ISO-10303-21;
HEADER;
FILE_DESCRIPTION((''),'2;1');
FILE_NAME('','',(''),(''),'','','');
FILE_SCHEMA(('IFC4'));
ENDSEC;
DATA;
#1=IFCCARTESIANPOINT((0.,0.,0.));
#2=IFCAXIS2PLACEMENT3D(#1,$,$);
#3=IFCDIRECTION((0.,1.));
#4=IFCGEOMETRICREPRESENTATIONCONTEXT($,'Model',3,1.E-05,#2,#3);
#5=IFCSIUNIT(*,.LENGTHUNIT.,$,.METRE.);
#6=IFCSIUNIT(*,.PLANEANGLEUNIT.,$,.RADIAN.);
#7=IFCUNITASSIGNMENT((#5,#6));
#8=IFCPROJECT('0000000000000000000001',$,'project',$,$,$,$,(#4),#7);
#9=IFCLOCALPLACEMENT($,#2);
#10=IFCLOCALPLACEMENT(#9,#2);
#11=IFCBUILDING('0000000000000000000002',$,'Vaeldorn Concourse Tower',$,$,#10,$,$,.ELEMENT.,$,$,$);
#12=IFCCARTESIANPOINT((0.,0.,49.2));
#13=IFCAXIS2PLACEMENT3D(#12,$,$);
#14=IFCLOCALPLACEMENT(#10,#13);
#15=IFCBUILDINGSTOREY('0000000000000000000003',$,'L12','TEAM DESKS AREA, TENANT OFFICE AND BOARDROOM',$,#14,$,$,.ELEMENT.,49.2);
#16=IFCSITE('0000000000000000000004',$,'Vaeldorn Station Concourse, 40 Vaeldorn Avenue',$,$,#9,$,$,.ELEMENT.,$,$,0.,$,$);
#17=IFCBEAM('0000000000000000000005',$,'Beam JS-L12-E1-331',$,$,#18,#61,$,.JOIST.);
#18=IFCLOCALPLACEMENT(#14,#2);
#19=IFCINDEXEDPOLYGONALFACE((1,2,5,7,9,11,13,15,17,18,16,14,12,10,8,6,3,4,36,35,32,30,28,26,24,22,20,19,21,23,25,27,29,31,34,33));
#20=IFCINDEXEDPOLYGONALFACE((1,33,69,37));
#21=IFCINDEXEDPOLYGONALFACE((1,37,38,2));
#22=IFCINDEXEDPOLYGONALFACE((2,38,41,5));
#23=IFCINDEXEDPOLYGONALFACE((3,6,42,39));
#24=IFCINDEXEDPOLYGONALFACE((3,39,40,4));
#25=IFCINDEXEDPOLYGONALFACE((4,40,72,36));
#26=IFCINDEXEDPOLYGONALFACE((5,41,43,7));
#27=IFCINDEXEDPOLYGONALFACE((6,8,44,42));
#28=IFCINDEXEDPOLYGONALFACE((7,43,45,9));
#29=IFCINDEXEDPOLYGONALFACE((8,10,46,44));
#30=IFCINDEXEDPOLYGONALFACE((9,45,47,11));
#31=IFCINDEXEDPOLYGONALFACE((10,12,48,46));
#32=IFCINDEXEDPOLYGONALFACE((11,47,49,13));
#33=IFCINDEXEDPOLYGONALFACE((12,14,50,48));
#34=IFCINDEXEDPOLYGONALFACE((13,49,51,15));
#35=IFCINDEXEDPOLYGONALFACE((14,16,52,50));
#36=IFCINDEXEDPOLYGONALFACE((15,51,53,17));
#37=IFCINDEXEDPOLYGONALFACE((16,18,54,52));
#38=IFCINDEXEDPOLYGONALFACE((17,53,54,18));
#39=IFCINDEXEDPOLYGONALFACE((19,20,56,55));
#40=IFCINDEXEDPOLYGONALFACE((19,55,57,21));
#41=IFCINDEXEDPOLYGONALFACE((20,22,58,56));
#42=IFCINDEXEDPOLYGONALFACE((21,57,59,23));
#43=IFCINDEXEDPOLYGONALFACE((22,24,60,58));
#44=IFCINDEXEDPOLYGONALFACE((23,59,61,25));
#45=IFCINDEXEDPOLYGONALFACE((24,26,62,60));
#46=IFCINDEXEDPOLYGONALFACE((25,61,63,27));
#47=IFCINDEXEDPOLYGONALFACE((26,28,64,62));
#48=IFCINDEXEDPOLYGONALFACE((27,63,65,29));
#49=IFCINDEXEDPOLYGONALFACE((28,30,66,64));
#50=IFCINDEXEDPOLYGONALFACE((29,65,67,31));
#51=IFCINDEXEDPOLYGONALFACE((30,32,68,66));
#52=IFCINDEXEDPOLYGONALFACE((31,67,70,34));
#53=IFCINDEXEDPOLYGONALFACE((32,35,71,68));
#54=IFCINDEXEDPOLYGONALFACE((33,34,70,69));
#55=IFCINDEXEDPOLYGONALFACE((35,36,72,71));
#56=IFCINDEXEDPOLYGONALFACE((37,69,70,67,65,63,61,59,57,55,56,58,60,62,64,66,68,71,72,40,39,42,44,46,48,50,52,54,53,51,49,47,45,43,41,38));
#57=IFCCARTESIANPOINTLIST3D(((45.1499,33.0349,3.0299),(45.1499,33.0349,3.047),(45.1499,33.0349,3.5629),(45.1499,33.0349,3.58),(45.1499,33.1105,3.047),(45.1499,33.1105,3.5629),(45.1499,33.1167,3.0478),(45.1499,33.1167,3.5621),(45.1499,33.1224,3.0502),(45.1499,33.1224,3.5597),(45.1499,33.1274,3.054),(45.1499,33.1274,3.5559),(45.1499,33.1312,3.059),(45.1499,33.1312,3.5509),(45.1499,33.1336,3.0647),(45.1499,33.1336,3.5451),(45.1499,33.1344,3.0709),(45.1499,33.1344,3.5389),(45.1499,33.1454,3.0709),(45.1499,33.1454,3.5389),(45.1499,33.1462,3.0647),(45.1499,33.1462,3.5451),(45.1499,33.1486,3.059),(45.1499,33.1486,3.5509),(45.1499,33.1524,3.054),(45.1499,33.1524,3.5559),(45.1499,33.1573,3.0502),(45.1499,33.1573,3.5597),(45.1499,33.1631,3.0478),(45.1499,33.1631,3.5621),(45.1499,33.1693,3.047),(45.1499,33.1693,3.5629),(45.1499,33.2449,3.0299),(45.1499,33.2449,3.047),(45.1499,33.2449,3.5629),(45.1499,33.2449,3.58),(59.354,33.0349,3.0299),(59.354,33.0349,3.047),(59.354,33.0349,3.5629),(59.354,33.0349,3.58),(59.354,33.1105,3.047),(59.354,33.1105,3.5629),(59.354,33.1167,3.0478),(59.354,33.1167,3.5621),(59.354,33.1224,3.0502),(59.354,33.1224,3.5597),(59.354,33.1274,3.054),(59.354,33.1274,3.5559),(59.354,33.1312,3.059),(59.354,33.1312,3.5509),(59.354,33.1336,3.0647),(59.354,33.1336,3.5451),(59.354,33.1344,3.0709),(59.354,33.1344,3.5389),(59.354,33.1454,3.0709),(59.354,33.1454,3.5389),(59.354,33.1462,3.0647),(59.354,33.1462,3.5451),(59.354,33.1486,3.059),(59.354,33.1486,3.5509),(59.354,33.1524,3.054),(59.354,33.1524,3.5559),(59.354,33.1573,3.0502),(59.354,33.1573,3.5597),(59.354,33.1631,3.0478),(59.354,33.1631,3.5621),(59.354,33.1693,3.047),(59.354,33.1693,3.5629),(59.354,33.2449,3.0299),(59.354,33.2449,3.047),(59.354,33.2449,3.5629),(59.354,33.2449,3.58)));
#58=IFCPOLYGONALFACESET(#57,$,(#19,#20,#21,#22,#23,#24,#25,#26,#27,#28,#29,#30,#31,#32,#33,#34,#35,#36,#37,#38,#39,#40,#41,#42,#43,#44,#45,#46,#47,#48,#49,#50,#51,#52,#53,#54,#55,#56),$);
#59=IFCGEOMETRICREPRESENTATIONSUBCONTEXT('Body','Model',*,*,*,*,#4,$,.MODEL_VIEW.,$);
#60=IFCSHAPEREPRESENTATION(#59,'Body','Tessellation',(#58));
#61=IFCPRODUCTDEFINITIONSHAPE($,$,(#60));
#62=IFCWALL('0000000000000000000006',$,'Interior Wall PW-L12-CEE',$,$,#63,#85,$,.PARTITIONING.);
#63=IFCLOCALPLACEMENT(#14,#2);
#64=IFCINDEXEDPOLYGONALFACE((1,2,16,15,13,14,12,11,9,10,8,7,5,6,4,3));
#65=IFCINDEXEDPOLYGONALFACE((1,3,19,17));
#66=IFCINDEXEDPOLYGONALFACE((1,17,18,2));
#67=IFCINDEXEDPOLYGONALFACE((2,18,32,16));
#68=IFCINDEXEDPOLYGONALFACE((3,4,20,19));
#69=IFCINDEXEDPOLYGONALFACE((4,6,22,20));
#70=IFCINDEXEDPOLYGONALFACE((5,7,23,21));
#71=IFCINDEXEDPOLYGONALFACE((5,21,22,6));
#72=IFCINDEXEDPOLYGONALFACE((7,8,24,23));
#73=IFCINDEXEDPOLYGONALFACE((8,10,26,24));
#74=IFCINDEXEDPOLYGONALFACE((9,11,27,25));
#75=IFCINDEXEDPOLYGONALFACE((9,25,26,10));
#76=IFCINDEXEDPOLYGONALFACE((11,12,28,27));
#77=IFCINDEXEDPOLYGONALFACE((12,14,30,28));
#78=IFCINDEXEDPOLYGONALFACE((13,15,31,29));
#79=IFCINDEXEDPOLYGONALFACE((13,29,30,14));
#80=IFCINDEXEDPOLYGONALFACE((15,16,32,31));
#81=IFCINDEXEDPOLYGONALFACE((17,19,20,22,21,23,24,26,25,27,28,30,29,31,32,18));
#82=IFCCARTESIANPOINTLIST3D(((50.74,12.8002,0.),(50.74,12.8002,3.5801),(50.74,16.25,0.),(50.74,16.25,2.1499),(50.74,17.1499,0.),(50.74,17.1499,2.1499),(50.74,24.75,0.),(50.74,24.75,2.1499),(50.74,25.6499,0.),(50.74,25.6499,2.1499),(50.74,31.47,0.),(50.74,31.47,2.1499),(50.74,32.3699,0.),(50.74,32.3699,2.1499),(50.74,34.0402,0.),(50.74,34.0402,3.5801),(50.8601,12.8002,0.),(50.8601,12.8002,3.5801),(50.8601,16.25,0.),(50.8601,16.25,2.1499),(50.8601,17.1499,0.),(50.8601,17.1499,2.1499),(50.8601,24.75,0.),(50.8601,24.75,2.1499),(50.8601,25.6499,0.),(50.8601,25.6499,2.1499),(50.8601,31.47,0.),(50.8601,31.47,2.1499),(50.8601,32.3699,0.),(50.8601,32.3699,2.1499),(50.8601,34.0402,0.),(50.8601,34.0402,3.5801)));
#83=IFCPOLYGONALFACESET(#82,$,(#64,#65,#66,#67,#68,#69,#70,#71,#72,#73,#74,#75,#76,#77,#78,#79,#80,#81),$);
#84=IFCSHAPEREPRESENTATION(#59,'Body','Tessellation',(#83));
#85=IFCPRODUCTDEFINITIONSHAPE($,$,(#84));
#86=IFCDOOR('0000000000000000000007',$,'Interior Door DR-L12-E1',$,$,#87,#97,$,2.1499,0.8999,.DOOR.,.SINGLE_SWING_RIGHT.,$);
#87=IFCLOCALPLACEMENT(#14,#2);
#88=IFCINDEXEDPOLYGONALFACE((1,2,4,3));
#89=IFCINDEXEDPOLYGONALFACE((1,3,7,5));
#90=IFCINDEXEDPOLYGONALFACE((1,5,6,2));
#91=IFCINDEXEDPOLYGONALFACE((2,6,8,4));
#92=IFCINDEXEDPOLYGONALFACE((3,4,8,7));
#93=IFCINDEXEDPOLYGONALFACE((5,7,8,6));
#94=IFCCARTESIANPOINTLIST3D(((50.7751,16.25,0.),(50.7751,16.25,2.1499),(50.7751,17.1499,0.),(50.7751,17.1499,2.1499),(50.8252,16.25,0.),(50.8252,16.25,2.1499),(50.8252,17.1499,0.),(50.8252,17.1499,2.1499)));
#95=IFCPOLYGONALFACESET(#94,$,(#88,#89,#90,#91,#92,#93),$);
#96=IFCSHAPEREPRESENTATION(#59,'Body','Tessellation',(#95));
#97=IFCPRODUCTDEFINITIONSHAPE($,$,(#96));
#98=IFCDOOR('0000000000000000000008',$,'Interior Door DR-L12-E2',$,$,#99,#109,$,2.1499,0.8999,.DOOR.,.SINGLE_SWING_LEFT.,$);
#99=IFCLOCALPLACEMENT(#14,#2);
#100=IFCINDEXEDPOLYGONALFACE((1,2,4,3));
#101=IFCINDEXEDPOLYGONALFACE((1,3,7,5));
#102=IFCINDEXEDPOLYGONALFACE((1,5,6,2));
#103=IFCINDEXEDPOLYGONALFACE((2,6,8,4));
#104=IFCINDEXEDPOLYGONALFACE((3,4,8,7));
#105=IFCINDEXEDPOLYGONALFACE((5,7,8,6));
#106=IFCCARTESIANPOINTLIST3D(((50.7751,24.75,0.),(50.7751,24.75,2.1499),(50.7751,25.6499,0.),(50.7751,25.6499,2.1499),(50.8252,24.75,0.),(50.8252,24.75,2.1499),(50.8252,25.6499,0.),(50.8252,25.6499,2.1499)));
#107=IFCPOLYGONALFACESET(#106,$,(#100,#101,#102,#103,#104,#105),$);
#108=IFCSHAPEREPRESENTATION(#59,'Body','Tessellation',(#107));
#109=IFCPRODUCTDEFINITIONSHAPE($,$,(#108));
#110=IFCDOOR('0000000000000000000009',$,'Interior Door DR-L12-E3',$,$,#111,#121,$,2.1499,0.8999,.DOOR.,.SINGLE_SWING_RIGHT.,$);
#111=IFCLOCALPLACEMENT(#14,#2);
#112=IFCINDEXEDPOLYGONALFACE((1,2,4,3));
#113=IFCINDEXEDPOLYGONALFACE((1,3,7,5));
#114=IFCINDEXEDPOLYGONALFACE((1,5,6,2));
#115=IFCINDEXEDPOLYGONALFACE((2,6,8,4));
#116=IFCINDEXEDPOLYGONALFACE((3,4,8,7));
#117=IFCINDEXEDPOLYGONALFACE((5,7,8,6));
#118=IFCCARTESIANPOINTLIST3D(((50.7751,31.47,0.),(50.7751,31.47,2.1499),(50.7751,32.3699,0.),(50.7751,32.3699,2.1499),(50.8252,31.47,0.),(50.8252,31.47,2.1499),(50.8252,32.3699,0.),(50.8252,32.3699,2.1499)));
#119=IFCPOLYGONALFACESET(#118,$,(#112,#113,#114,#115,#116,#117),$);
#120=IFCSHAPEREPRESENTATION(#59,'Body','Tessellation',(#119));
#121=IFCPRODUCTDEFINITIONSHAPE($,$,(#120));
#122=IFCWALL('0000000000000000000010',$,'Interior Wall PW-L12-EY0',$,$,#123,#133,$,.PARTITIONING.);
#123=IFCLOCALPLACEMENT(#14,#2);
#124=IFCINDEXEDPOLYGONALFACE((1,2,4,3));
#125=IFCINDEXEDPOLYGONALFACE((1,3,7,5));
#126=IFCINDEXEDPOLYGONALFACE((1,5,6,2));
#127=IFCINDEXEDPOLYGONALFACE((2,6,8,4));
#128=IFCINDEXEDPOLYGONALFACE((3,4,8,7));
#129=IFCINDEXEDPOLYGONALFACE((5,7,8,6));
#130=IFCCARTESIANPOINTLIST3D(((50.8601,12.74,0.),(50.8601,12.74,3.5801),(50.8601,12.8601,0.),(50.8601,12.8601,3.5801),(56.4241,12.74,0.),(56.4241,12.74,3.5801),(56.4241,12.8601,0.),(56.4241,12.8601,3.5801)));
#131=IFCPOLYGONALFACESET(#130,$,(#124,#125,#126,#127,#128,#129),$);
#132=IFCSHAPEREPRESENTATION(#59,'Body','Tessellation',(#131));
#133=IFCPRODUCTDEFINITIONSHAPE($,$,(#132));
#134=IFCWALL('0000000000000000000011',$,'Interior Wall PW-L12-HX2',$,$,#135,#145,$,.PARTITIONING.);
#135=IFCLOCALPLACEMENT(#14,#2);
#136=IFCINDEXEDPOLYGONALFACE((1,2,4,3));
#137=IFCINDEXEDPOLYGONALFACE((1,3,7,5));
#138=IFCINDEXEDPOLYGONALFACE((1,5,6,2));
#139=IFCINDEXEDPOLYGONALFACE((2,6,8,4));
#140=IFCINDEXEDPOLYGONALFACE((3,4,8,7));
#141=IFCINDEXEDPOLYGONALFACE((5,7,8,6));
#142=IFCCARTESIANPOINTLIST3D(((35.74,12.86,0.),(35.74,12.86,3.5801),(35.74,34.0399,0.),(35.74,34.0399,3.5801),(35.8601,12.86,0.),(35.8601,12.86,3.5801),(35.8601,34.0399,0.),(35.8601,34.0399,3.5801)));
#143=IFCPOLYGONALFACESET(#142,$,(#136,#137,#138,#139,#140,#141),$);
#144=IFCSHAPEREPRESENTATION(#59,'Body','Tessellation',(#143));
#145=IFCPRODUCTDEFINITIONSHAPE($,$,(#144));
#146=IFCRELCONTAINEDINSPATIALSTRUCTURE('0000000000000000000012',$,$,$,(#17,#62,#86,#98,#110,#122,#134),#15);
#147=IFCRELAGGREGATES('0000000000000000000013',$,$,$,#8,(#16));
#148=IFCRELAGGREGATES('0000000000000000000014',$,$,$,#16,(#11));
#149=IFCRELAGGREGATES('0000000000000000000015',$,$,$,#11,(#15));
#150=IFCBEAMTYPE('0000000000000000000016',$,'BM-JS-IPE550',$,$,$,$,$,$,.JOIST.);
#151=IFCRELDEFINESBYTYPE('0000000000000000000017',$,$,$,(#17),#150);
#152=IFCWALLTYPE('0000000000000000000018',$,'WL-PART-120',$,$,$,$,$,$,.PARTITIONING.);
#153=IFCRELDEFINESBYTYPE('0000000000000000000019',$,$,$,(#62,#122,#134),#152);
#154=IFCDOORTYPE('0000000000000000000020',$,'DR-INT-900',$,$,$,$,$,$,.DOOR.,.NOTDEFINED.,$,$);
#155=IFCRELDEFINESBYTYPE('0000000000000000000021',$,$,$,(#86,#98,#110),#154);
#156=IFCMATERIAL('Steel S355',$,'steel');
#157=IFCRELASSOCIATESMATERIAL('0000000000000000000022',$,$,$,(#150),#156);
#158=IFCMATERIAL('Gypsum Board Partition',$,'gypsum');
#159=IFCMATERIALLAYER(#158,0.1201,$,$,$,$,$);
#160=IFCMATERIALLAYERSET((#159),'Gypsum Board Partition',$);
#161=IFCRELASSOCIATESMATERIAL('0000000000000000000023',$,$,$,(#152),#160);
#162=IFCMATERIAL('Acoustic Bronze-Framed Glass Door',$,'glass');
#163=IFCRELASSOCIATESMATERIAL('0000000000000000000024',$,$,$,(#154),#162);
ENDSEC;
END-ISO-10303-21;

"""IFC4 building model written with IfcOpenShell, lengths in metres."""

from ifc_helpers import new_model, si_unit, direction, frame, frame_2d, origin, origin_2d, place, context, subcontext, project, spatial, rectangle, i_section, extrude, source, transform, mapped, material, layer, layer_set, material_profile, profile_set, type_object, element, fill, save


model = new_model("IFC4")

# Units and contexts
model_context = context("Model", 3, precision=1e-05, world=origin(), true_north=direction((0.0, 1.0)))
body_context = subcontext(model_context, "Body", "Model", "MODEL_VIEW")
ifc_project = project(units=[si_unit("LENGTHUNIT", "METRE"), si_unit("PLANEANGLEUNIT", "RADIAN")], contexts=[model_context])

# Site, building, storey
site_placement = place(None, origin())
site = spatial("IfcSite", under=ifc_project, at=site_placement, Name="Vaeldorn Station Concourse, 40 Vaeldorn Avenue", CompositionType="ELEMENT", RefElevation=0.0)
building_placement = place(site_placement, origin())
building = spatial("IfcBuilding", under=site, at=building_placement, Name="Vaeldorn Concourse Tower", CompositionType="ELEMENT")
storey_placement = place(building_placement, frame((0.0, 0.0, 49.2)))
storey = spatial("IfcBuildingStorey", under=building, at=storey_placement, Name="L12", Description="TEAM DESKS AREA, TENANT OFFICE AND BOARDROOM", CompositionType="ELEMENT", Elevation=49.2)

# Beam
ifc_material_1 = material(Name="Steel S355", Category="steel")
ifc_material_profile_1 = material_profile(ifc_material_1, i_section(OverallWidth=0.21, OverallDepth=0.55, WebThickness=0.011, FlangeThickness=0.0171, FilletRadius=0.0239, at=origin_2d()), Name="IPE 550")
ifc_profile_set_1 = profile_set([ifc_material_profile_1], Name="Steel S355")
beam_type_1 = type_object("IfcBeamType", Name="BM-JS-IPE550", PredefinedType="JOIST", material=ifc_profile_set_1)
shared_shape_1 = source(origin(), body_context, "Body", "SweptSolid", [
    extrude(i_section(OverallWidth=0.21, OverallDepth=0.55, WebThickness=0.011, FlangeThickness=0.0171, FilletRadius=0.0239, at=origin_2d()), origin(), (0.0, 0.0, 1.0), 14.2041),
])
beam_1_placement = place(storey_placement, frame((45.1499, 33.1399, 3.3049), z_axis=(1.0, 0.0, 0.0), x_axis=(0.0, 1.0, 0.0)))
element("IfcBeam", 1, at=beam_1_placement, inside=storey, type_object=beam_type_1, Name="Beam JS-L12-E1-331", PredefinedType="JOIST", context=body_context, shape_type="MappedRepresentation", body=[
    mapped(shared_shape_1, transform((0.0, 0.0, 0.0), scale=1.0)),
])

# Wall, openings, doors
ifc_material_2 = material(Name="Gypsum Board Partition", Category="gypsum")
ifc_layer = layer(ifc_material_2, 0.1201)
ifc_layer_set = layer_set([ifc_layer], Name="Gypsum Board Partition")
wall_type = type_object("IfcWallType", Name="WL-PART-120", PredefinedType="PARTITIONING", material=ifc_layer_set)
wall_1_placement = place(storey_placement, frame((50.8, 12.8, 0.0), z_axis=(0.0, 0.0, 1.0), x_axis=(0.0, 1.0, 0.0)))
wall_1 = element("IfcWall", 2, at=wall_1_placement, inside=storey, type_object=wall_type, Name="Interior Wall PW-L12-CEE", PredefinedType="PARTITIONING", context=body_context, shape_type="SweptSolid", body=[
    extrude(rectangle(XDim=21.24, YDim=0.1201, at=frame_2d((10.6201, 0.0))), origin(), (0.0, 0.0, 1.0), 3.5801),
])
opening_1_placement = place(wall_1_placement, frame((3.45, 0.0, 0.0)))
opening_1 = element("IfcOpeningElement", 3, at=opening_1_placement, cuts=wall_1, PredefinedType="OPENING", context=body_context, shape_type="SweptSolid", body=[
    extrude(rectangle(XDim=0.8999, YDim=2.1499, at=frame_2d((0.45, 1.075))), frame((0.0, 0.0701, 0.0), z_axis=(0.0, -1.0, 0.0), x_axis=(1.0, 0.0, 0.0)), (0.0, 0.0, 1.0), 0.1401),
])
opening_2_placement = place(wall_1_placement, frame((11.95, 0.0, 0.0)))
opening_2 = element("IfcOpeningElement", 4, at=opening_2_placement, cuts=wall_1, PredefinedType="OPENING", context=body_context, shape_type="SweptSolid", body=[
    extrude(rectangle(XDim=0.8999, YDim=2.1499, at=frame_2d((0.45, 1.075))), frame((0.0, 0.0701, 0.0), z_axis=(0.0, -1.0, 0.0), x_axis=(1.0, 0.0, 0.0)), (0.0, 0.0, 1.0), 0.1401),
])
opening_3_placement = place(wall_1_placement, frame((18.6699, 0.0, 0.0)))
opening_3 = element("IfcOpeningElement", 5, at=opening_3_placement, cuts=wall_1, PredefinedType="OPENING", context=body_context, shape_type="SweptSolid", body=[
    extrude(rectangle(XDim=0.8999, YDim=2.1499, at=frame_2d((0.45, 1.075))), frame((0.0, 0.0701, 0.0), z_axis=(0.0, -1.0, 0.0), x_axis=(1.0, 0.0, 0.0)), (0.0, 0.0, 1.0), 0.1401),
])
ifc_material_3 = material(Name="Acoustic Bronze-Framed Glass Door", Category="glass")
door_type = type_object("IfcDoorType", Name="DR-INT-900", OperationType="NOTDEFINED", PredefinedType="DOOR", material=ifc_material_3)
shared_shape_2 = source(origin(), body_context, "Body", "SweptSolid", [
    extrude(rectangle(XDim=0.8999, YDim=2.1499, at=frame_2d((0.45, 1.075))), frame((0.0, 0.0249, 0.0), z_axis=(0.0, -1.0, 0.0), x_axis=(1.0, 0.0, 0.0)), (0.0, 0.0, 1.0), 0.05),
])
door_1_placement = place(opening_1_placement, origin())
door_1 = element("IfcDoor", 6, at=door_1_placement, inside=storey, type_object=door_type, Name="Interior Door DR-L12-E1", OperationType="SINGLE_SWING_RIGHT", OverallHeight=2.1499, OverallWidth=0.8999, PredefinedType="DOOR", context=body_context, shape_type="MappedRepresentation", body=[
    mapped(shared_shape_2, transform((0.0, 0.0, 0.0), scale=1.0)),
])
fill(opening_1, door_1)
door_2_placement = place(opening_2_placement, origin())
door_2 = element("IfcDoor", 7, at=door_2_placement, inside=storey, type_object=door_type, Name="Interior Door DR-L12-E2", OperationType="SINGLE_SWING_LEFT", OverallHeight=2.1499, OverallWidth=0.8999, PredefinedType="DOOR", context=body_context, shape_type="MappedRepresentation", body=[
    mapped(shared_shape_2, transform((0.0, 0.0, 0.0), scale=1.0)),
])
fill(opening_2, door_2)
door_3_placement = place(opening_3_placement, origin())
door_3 = element("IfcDoor", 8, at=door_3_placement, inside=storey, type_object=door_type, Name="Interior Door DR-L12-E3", OperationType="SINGLE_SWING_RIGHT", OverallHeight=2.1499, OverallWidth=0.8999, PredefinedType="DOOR", context=body_context, shape_type="MappedRepresentation", body=[
    mapped(shared_shape_2, transform((0.0, 0.0, 0.0), scale=1.0)),
])
fill(opening_3, door_3)

# Walls
wall_2_placement = place(storey_placement, frame((50.8601, 12.8, 0.0), z_axis=(0.0, 0.0, 1.0), x_axis=(1.0, 0.0, 0.0)))
element("IfcWall", 9, at=wall_2_placement, inside=storey, type_object=wall_type, Name="Interior Wall PW-L12-EY0", PredefinedType="PARTITIONING", context=body_context, shape_type="SweptSolid", body=[
    extrude(rectangle(XDim=5.564, YDim=0.1201, at=frame_2d((2.782, 0.0))), origin(), (0.0, 0.0, 1.0), 3.5801),
])
wall_3_placement = place(storey_placement, frame((35.8, 12.8601, 0.0), z_axis=(0.0, 0.0, 1.0), x_axis=(0.0, 1.0, 0.0)))
element("IfcWall", 10, at=wall_3_placement, inside=storey, type_object=wall_type, Name="Interior Wall PW-L12-HX2", PredefinedType="PARTITIONING", context=body_context, shape_type="SweptSolid", body=[
    extrude(rectangle(XDim=21.1799, YDim=0.1201, at=frame_2d((10.5898, 0.0))), origin(), (0.0, 0.0, 1.0), 3.5801),
])

save(model, "model.ifc")
